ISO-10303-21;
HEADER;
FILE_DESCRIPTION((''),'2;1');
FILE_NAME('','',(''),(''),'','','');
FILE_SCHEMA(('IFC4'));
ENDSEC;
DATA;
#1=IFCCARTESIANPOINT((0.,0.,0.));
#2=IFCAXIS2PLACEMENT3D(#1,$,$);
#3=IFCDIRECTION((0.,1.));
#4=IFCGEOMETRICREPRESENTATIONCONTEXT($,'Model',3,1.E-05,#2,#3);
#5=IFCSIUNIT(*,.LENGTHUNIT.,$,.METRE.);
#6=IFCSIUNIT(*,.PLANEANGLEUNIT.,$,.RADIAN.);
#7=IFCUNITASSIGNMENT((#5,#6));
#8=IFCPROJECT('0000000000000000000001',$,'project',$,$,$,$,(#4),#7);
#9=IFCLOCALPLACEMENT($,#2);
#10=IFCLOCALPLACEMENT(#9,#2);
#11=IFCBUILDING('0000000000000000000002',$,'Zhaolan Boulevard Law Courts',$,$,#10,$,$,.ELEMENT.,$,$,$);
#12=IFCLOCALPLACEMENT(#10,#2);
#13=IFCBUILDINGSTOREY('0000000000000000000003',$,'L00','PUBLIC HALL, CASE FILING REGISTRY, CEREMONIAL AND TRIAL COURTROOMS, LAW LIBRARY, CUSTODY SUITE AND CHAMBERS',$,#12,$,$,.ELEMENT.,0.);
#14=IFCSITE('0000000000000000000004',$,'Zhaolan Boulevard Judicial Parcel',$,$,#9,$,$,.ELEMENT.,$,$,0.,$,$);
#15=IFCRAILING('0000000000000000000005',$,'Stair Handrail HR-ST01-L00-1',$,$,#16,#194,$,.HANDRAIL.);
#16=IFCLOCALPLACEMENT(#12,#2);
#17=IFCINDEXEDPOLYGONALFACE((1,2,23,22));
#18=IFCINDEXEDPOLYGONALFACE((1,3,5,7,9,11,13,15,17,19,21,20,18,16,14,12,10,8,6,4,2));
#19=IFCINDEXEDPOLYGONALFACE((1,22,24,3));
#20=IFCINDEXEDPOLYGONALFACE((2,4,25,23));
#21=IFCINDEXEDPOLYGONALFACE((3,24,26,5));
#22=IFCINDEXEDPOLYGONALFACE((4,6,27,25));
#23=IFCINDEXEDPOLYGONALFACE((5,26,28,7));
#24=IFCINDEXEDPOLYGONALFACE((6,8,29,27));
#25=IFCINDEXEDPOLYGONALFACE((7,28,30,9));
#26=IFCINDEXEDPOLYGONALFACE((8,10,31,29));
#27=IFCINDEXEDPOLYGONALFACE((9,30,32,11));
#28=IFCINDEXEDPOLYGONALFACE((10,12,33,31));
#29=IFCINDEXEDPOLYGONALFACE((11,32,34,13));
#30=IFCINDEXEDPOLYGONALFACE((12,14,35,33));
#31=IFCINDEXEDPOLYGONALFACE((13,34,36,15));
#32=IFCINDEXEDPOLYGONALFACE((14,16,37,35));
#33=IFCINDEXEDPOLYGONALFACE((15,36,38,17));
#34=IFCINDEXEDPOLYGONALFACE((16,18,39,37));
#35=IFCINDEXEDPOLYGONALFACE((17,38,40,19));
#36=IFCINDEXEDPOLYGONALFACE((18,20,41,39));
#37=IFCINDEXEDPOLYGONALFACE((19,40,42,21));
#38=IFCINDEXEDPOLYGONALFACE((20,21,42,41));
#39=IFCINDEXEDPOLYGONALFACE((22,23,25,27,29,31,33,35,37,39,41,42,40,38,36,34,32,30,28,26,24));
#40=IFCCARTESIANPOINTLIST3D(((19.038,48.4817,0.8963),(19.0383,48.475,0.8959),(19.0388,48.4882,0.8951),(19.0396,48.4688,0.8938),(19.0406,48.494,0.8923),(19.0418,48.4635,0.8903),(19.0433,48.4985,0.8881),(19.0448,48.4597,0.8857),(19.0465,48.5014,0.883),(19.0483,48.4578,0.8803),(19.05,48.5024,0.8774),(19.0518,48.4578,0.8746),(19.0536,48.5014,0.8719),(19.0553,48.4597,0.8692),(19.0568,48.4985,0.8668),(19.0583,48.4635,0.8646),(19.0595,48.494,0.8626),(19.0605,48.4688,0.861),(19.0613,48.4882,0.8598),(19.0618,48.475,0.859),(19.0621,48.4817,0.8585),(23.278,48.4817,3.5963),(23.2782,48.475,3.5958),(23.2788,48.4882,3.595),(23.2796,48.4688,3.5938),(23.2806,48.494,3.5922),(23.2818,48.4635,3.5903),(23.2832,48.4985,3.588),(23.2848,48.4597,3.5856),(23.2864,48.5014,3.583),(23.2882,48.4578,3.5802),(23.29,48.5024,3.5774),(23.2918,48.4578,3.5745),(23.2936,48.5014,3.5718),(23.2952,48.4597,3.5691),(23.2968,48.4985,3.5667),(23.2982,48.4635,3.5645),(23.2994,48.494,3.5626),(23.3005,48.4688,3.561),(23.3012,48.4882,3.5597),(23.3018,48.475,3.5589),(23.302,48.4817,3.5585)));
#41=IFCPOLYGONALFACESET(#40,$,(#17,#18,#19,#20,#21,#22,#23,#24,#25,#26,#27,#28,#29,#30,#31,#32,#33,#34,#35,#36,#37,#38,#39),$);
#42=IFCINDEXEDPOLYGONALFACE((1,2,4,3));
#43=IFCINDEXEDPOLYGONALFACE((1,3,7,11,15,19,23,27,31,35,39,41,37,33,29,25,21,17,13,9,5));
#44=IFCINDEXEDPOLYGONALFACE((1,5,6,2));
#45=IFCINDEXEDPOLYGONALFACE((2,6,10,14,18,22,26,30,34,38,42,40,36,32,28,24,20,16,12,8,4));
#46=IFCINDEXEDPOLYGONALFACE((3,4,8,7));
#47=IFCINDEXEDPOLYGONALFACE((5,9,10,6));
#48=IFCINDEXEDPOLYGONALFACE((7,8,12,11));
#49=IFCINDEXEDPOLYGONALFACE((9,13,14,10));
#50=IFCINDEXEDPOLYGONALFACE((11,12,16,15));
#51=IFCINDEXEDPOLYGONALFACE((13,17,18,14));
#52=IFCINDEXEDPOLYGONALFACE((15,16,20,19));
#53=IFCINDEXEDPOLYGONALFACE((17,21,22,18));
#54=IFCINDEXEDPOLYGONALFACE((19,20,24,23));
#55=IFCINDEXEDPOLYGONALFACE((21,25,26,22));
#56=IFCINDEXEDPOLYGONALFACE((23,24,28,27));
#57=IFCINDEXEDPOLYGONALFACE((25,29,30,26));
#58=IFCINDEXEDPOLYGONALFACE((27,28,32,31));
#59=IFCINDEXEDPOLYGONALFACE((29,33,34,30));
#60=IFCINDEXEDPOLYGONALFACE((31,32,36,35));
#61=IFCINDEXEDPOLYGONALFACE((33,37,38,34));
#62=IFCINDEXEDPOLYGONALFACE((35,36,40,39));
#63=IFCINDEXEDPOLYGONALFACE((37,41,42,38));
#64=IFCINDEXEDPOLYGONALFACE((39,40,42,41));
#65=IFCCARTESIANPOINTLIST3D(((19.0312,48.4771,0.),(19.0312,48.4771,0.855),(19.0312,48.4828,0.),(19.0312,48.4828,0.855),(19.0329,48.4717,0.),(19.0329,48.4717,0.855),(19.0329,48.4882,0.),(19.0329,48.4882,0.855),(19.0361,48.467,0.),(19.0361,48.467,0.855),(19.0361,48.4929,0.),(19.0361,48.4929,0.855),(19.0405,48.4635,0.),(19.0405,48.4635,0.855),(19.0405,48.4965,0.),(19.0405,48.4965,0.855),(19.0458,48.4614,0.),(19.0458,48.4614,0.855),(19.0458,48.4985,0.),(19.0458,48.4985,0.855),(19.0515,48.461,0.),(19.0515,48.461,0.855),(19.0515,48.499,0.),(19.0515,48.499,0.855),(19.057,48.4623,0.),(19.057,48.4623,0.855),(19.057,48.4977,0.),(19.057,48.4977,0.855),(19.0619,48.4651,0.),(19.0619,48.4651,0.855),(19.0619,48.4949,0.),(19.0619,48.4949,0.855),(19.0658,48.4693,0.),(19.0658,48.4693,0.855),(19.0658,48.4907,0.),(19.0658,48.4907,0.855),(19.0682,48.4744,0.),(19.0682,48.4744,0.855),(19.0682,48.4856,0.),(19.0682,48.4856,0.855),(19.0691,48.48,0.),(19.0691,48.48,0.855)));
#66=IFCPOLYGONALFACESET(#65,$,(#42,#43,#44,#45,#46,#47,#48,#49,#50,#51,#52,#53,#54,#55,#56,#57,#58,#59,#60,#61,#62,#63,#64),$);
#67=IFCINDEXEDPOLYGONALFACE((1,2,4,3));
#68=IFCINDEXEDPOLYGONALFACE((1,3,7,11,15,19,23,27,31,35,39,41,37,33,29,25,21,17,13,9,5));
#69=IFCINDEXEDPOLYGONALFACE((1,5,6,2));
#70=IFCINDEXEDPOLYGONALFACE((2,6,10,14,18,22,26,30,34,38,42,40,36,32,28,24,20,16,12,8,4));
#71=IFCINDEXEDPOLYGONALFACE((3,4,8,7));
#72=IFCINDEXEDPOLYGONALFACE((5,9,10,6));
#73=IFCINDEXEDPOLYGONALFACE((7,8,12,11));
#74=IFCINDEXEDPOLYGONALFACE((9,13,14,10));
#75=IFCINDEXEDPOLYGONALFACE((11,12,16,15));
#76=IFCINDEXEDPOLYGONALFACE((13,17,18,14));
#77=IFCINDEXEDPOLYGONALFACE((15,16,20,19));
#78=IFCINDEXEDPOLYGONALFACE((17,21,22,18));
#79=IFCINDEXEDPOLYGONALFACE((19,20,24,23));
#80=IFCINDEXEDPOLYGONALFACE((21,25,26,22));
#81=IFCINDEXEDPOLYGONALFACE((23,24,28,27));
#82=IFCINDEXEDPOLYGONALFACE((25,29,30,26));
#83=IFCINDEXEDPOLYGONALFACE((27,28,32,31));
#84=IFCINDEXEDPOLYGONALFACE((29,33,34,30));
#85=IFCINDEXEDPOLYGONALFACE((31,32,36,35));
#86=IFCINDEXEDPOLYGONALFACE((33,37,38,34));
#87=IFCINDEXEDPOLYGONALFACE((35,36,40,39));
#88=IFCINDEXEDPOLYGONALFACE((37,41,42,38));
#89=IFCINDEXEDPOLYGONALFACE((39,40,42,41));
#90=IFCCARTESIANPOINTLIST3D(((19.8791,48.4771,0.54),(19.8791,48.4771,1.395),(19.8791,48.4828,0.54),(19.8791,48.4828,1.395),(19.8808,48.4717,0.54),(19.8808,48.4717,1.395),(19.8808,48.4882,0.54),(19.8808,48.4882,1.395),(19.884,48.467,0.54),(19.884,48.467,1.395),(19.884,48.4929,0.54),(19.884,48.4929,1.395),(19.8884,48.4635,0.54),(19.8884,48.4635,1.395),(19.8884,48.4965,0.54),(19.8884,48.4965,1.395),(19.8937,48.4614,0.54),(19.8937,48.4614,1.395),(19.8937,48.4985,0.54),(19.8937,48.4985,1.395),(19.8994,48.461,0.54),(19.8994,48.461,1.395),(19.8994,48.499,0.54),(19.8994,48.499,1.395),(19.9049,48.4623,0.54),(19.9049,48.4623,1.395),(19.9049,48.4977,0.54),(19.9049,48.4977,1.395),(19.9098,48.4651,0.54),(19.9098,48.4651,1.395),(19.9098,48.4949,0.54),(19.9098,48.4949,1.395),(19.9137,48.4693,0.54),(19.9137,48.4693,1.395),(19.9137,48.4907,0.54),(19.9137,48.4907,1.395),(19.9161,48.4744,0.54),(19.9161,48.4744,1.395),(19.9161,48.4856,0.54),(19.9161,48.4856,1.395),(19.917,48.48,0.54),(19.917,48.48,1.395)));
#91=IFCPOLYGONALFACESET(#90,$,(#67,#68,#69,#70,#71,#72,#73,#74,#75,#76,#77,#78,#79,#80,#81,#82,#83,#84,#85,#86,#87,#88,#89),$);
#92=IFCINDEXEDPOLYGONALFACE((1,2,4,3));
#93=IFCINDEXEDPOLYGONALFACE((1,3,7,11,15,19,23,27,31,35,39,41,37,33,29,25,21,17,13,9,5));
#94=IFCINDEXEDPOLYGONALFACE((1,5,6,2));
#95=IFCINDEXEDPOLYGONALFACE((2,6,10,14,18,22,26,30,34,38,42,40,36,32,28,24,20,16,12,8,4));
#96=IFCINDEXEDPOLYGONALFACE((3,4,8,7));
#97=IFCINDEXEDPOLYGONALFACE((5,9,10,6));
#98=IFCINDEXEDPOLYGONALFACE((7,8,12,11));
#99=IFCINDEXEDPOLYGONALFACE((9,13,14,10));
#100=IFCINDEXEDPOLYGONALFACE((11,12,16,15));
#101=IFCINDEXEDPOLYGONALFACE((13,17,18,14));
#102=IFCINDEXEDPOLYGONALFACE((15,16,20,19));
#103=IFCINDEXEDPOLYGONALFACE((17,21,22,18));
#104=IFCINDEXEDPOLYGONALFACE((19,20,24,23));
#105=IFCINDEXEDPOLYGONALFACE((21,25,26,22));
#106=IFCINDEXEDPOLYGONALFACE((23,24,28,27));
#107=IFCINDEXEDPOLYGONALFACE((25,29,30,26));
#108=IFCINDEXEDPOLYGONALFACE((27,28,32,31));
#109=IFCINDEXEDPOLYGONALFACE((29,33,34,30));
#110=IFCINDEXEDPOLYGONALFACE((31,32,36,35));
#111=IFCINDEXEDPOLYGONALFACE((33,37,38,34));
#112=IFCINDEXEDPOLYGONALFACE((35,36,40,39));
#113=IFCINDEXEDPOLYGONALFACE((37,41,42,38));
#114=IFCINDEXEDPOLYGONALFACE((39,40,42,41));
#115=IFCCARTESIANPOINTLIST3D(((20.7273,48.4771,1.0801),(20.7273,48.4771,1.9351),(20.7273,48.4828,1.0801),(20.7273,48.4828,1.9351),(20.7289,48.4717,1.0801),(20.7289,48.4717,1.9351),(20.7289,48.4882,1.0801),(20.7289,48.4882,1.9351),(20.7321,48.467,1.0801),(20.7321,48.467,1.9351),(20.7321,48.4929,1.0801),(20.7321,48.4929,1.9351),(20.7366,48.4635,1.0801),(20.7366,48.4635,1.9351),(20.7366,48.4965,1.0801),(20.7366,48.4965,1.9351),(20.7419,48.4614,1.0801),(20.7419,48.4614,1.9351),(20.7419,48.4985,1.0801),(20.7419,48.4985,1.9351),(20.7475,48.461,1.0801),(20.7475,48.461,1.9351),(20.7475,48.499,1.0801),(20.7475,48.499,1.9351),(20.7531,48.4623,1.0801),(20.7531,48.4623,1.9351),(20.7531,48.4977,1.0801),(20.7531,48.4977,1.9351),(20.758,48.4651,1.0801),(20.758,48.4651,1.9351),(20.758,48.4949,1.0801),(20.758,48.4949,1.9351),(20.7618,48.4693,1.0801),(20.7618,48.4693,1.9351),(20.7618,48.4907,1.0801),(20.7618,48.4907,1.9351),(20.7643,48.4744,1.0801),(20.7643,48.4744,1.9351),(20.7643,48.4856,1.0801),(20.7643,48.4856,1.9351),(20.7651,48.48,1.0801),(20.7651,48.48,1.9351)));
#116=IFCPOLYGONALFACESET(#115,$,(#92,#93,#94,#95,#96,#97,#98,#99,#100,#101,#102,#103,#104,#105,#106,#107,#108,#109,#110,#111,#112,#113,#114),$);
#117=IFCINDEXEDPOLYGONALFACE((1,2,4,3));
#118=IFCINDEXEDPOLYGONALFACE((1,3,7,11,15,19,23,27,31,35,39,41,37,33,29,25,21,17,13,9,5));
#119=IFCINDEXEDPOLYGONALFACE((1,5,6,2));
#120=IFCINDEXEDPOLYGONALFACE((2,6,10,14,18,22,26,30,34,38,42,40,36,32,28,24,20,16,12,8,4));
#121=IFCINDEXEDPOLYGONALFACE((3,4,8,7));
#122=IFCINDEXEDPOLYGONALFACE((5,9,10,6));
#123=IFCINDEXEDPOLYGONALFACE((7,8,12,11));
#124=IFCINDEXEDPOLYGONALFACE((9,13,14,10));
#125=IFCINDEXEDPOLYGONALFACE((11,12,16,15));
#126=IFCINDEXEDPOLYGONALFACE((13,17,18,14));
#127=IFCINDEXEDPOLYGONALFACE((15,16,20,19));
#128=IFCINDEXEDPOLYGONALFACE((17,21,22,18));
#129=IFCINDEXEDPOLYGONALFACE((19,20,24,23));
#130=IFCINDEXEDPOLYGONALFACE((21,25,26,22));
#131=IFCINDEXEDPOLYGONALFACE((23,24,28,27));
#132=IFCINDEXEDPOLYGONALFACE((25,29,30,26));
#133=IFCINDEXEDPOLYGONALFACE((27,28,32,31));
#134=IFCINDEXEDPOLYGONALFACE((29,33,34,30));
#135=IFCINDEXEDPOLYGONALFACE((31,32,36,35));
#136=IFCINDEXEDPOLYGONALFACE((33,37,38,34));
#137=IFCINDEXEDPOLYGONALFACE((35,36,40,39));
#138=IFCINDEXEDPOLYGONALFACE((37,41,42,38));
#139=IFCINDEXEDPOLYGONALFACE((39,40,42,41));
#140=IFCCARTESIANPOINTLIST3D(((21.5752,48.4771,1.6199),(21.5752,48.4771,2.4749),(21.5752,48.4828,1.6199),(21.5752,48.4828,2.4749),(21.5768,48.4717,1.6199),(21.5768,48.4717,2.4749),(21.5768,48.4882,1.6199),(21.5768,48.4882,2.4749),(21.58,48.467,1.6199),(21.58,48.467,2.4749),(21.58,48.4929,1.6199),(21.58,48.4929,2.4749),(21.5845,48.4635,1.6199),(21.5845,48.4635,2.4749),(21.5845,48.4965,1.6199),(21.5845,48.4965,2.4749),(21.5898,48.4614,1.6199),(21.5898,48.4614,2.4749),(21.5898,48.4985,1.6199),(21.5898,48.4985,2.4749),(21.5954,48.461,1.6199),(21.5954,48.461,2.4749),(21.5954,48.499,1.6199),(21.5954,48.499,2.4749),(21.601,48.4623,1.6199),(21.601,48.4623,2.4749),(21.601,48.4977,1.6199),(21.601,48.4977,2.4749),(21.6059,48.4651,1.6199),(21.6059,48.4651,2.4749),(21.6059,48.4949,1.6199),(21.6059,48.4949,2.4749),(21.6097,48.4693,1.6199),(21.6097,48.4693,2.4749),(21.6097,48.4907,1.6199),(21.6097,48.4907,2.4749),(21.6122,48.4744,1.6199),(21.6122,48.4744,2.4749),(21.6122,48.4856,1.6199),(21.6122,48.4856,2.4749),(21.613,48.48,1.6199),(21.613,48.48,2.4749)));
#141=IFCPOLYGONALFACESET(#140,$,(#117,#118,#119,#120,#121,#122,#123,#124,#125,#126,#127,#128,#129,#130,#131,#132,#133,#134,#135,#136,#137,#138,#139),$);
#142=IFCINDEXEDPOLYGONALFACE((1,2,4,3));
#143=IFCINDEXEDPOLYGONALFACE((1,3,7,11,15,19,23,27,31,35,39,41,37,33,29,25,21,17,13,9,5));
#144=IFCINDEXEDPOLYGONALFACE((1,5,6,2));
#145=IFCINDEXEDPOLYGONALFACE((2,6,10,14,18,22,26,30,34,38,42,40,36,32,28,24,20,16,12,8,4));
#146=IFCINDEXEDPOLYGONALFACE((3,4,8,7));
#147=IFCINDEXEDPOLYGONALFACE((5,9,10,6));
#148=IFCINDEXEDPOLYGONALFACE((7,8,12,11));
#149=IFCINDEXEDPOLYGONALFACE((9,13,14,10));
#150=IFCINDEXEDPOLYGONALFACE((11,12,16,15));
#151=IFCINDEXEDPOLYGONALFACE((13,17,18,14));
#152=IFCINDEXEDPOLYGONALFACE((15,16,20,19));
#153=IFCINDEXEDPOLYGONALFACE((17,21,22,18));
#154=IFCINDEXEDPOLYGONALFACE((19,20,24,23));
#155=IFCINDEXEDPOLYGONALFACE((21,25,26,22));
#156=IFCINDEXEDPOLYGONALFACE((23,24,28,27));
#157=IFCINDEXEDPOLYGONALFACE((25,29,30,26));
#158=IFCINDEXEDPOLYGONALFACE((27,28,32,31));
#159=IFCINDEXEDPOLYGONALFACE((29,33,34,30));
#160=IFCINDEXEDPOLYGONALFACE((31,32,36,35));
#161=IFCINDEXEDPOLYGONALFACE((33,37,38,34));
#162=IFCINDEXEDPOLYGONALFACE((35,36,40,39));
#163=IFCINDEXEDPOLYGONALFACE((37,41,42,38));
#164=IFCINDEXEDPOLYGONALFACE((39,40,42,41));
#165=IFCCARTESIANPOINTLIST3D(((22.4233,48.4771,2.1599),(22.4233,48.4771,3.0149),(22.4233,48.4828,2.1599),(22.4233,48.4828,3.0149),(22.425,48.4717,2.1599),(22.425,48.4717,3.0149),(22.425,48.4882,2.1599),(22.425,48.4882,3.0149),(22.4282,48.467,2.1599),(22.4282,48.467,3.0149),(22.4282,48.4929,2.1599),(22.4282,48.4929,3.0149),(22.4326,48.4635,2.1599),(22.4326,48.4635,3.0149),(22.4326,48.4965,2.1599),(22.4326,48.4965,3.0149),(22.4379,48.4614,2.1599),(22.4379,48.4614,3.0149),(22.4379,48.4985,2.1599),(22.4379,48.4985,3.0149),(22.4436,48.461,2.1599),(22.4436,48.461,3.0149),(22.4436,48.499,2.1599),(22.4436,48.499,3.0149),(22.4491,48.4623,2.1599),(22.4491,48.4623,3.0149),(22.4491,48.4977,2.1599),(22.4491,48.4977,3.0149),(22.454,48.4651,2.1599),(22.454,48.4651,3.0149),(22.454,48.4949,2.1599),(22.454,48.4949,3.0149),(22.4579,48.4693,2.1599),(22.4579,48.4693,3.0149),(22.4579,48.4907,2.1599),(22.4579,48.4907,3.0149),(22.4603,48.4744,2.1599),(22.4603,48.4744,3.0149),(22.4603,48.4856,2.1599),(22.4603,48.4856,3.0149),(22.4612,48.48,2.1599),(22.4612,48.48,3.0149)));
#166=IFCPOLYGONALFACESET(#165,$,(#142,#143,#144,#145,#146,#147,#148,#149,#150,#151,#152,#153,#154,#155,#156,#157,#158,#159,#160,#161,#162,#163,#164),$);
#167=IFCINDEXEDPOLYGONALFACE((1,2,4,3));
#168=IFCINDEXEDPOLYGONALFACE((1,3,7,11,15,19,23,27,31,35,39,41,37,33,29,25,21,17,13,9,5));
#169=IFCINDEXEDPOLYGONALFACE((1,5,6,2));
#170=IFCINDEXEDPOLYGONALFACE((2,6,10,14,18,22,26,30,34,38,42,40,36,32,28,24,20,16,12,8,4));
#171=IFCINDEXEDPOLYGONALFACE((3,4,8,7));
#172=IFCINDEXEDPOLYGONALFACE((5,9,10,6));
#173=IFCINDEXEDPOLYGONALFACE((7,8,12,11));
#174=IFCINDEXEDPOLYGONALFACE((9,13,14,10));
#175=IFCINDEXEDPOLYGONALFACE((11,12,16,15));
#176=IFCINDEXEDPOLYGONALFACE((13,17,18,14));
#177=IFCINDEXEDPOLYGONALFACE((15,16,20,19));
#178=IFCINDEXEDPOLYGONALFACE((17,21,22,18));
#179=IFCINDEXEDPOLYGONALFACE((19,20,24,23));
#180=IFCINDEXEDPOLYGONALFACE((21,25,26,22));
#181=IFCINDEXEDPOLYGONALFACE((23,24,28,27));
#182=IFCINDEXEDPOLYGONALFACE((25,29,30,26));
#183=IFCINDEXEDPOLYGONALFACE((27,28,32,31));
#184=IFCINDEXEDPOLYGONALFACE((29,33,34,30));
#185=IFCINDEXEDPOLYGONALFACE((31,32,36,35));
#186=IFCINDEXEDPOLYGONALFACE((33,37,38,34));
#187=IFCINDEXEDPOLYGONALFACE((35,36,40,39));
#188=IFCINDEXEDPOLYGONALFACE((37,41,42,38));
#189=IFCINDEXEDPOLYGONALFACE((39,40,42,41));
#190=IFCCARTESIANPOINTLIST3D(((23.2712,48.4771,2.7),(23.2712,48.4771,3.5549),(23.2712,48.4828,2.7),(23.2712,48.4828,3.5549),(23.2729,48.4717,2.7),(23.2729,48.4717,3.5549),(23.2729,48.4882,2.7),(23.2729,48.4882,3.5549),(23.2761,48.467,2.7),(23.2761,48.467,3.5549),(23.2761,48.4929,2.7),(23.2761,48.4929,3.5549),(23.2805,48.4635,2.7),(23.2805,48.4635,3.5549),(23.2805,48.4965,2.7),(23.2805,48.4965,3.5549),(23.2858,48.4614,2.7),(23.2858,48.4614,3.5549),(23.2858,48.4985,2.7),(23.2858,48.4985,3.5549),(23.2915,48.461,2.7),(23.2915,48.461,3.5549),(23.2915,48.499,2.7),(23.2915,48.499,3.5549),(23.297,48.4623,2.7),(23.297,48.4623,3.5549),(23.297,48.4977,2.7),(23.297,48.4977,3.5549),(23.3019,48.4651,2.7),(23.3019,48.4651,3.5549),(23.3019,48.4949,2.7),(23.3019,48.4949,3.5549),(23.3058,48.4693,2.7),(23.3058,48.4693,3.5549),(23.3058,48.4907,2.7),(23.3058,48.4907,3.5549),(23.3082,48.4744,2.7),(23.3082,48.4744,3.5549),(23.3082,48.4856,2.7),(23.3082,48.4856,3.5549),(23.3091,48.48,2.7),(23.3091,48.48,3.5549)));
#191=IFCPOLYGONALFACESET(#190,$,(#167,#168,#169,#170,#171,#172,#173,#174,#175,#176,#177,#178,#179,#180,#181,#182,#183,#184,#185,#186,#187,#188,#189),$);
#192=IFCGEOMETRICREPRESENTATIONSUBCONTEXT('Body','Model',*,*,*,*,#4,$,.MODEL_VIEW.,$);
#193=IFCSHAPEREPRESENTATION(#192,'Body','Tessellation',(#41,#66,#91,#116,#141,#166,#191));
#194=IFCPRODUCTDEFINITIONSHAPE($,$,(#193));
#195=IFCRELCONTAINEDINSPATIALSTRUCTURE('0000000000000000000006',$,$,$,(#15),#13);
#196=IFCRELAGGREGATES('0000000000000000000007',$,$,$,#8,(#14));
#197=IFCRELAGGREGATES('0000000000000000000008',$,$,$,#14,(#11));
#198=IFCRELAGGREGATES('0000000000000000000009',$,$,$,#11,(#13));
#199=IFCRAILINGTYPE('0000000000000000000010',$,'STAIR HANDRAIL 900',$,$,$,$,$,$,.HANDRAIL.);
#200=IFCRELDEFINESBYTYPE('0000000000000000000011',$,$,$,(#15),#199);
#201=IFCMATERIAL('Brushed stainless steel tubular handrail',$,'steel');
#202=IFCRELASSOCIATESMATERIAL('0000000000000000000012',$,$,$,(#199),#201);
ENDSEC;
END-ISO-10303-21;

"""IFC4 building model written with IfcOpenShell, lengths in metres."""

from ifc_helpers import new_model, si_unit, direction, frame, origin, origin_2d, place, context, subcontext, project, spatial, circle, extrude, material, type_object, element, save


model = new_model("IFC4")

# Units and contexts
model_context = context("Model", 3, precision=1e-05, world=origin(), true_north=direction((0.0, 1.0)))
body_context = subcontext(model_context, "Body", "Model", "MODEL_VIEW")
ifc_project = project(units=[si_unit("LENGTHUNIT", "METRE"), si_unit("PLANEANGLEUNIT", "RADIAN")], contexts=[model_context])

# Site, building, storey
site_placement = place(None, origin())
site = spatial("IfcSite", under=ifc_project, at=site_placement, Name="Zhaolan Boulevard Judicial Parcel", CompositionType="ELEMENT", RefElevation=0.0)
building_placement = place(site_placement, origin())
building = spatial("IfcBuilding", under=site, at=building_placement, Name="Zhaolan Boulevard Law Courts", CompositionType="ELEMENT")
storey_placement = place(building_placement, origin())
storey = spatial("IfcBuildingStorey", under=building, at=storey_placement, Name="L00", Description="PUBLIC HALL, CASE FILING REGISTRY, CEREMONIAL AND TRIAL COURTROOMS, LAW LIBRARY, CUSTODY SUITE AND CHAMBERS", CompositionType="ELEMENT", Elevation=0.0)

# Railing
ifc_material_1 = material(Name="Brushed stainless steel tubular handrail", Category="steel")
railing_type_1 = type_object("IfcRailingType", Name="STAIR HANDRAIL 900", PredefinedType="HANDRAIL", material=ifc_material_1)
railing_1_placement = place(storey_placement, frame((19.05, 48.48, 0.0)))
element("IfcRailing", 1, at=railing_1_placement, inside=storey, type_object=railing_type_1, Name="Stair Handrail HR-ST01-L00-1", PredefinedType="HANDRAIL", context=body_context, shape_type="SweptSolid", body=[
    extrude(circle(Radius=0.0225, at=origin_2d()), frame((0.0, 0.0, 0.8774), z_axis=(0.843501, 0.0, 0.537127), x_axis=(0.0, 1.0, 0.0)), (0.0, 0.0, 1.0), 5.0266),
    extrude(circle(Radius=0.019, at=origin_2d()), origin(), (0.0, 0.0, 1.0), 0.855),
    extrude(circle(Radius=0.019, at=origin_2d()), frame((0.8479, 0.0, 0.54)), (0.0, 0.0, 1.0), 0.855),
    extrude(circle(Radius=0.019, at=origin_2d()), frame((1.696, 0.0, 1.0801)), (0.0, 0.0, 1.0), 0.855),
    extrude(circle(Radius=0.019, at=origin_2d()), frame((2.5439, 0.0, 1.6199)), (0.0, 0.0, 1.0), 0.855),
    extrude(circle(Radius=0.019, at=origin_2d()), frame((3.3921, 0.0, 2.1599)), (0.0, 0.0, 1.0), 0.855),
    extrude(circle(Radius=0.019, at=origin_2d()), frame((4.24, 0.0, 2.7)), (0.0, 0.0, 1.0), 0.855),
])

save(model, "model.ifc")
